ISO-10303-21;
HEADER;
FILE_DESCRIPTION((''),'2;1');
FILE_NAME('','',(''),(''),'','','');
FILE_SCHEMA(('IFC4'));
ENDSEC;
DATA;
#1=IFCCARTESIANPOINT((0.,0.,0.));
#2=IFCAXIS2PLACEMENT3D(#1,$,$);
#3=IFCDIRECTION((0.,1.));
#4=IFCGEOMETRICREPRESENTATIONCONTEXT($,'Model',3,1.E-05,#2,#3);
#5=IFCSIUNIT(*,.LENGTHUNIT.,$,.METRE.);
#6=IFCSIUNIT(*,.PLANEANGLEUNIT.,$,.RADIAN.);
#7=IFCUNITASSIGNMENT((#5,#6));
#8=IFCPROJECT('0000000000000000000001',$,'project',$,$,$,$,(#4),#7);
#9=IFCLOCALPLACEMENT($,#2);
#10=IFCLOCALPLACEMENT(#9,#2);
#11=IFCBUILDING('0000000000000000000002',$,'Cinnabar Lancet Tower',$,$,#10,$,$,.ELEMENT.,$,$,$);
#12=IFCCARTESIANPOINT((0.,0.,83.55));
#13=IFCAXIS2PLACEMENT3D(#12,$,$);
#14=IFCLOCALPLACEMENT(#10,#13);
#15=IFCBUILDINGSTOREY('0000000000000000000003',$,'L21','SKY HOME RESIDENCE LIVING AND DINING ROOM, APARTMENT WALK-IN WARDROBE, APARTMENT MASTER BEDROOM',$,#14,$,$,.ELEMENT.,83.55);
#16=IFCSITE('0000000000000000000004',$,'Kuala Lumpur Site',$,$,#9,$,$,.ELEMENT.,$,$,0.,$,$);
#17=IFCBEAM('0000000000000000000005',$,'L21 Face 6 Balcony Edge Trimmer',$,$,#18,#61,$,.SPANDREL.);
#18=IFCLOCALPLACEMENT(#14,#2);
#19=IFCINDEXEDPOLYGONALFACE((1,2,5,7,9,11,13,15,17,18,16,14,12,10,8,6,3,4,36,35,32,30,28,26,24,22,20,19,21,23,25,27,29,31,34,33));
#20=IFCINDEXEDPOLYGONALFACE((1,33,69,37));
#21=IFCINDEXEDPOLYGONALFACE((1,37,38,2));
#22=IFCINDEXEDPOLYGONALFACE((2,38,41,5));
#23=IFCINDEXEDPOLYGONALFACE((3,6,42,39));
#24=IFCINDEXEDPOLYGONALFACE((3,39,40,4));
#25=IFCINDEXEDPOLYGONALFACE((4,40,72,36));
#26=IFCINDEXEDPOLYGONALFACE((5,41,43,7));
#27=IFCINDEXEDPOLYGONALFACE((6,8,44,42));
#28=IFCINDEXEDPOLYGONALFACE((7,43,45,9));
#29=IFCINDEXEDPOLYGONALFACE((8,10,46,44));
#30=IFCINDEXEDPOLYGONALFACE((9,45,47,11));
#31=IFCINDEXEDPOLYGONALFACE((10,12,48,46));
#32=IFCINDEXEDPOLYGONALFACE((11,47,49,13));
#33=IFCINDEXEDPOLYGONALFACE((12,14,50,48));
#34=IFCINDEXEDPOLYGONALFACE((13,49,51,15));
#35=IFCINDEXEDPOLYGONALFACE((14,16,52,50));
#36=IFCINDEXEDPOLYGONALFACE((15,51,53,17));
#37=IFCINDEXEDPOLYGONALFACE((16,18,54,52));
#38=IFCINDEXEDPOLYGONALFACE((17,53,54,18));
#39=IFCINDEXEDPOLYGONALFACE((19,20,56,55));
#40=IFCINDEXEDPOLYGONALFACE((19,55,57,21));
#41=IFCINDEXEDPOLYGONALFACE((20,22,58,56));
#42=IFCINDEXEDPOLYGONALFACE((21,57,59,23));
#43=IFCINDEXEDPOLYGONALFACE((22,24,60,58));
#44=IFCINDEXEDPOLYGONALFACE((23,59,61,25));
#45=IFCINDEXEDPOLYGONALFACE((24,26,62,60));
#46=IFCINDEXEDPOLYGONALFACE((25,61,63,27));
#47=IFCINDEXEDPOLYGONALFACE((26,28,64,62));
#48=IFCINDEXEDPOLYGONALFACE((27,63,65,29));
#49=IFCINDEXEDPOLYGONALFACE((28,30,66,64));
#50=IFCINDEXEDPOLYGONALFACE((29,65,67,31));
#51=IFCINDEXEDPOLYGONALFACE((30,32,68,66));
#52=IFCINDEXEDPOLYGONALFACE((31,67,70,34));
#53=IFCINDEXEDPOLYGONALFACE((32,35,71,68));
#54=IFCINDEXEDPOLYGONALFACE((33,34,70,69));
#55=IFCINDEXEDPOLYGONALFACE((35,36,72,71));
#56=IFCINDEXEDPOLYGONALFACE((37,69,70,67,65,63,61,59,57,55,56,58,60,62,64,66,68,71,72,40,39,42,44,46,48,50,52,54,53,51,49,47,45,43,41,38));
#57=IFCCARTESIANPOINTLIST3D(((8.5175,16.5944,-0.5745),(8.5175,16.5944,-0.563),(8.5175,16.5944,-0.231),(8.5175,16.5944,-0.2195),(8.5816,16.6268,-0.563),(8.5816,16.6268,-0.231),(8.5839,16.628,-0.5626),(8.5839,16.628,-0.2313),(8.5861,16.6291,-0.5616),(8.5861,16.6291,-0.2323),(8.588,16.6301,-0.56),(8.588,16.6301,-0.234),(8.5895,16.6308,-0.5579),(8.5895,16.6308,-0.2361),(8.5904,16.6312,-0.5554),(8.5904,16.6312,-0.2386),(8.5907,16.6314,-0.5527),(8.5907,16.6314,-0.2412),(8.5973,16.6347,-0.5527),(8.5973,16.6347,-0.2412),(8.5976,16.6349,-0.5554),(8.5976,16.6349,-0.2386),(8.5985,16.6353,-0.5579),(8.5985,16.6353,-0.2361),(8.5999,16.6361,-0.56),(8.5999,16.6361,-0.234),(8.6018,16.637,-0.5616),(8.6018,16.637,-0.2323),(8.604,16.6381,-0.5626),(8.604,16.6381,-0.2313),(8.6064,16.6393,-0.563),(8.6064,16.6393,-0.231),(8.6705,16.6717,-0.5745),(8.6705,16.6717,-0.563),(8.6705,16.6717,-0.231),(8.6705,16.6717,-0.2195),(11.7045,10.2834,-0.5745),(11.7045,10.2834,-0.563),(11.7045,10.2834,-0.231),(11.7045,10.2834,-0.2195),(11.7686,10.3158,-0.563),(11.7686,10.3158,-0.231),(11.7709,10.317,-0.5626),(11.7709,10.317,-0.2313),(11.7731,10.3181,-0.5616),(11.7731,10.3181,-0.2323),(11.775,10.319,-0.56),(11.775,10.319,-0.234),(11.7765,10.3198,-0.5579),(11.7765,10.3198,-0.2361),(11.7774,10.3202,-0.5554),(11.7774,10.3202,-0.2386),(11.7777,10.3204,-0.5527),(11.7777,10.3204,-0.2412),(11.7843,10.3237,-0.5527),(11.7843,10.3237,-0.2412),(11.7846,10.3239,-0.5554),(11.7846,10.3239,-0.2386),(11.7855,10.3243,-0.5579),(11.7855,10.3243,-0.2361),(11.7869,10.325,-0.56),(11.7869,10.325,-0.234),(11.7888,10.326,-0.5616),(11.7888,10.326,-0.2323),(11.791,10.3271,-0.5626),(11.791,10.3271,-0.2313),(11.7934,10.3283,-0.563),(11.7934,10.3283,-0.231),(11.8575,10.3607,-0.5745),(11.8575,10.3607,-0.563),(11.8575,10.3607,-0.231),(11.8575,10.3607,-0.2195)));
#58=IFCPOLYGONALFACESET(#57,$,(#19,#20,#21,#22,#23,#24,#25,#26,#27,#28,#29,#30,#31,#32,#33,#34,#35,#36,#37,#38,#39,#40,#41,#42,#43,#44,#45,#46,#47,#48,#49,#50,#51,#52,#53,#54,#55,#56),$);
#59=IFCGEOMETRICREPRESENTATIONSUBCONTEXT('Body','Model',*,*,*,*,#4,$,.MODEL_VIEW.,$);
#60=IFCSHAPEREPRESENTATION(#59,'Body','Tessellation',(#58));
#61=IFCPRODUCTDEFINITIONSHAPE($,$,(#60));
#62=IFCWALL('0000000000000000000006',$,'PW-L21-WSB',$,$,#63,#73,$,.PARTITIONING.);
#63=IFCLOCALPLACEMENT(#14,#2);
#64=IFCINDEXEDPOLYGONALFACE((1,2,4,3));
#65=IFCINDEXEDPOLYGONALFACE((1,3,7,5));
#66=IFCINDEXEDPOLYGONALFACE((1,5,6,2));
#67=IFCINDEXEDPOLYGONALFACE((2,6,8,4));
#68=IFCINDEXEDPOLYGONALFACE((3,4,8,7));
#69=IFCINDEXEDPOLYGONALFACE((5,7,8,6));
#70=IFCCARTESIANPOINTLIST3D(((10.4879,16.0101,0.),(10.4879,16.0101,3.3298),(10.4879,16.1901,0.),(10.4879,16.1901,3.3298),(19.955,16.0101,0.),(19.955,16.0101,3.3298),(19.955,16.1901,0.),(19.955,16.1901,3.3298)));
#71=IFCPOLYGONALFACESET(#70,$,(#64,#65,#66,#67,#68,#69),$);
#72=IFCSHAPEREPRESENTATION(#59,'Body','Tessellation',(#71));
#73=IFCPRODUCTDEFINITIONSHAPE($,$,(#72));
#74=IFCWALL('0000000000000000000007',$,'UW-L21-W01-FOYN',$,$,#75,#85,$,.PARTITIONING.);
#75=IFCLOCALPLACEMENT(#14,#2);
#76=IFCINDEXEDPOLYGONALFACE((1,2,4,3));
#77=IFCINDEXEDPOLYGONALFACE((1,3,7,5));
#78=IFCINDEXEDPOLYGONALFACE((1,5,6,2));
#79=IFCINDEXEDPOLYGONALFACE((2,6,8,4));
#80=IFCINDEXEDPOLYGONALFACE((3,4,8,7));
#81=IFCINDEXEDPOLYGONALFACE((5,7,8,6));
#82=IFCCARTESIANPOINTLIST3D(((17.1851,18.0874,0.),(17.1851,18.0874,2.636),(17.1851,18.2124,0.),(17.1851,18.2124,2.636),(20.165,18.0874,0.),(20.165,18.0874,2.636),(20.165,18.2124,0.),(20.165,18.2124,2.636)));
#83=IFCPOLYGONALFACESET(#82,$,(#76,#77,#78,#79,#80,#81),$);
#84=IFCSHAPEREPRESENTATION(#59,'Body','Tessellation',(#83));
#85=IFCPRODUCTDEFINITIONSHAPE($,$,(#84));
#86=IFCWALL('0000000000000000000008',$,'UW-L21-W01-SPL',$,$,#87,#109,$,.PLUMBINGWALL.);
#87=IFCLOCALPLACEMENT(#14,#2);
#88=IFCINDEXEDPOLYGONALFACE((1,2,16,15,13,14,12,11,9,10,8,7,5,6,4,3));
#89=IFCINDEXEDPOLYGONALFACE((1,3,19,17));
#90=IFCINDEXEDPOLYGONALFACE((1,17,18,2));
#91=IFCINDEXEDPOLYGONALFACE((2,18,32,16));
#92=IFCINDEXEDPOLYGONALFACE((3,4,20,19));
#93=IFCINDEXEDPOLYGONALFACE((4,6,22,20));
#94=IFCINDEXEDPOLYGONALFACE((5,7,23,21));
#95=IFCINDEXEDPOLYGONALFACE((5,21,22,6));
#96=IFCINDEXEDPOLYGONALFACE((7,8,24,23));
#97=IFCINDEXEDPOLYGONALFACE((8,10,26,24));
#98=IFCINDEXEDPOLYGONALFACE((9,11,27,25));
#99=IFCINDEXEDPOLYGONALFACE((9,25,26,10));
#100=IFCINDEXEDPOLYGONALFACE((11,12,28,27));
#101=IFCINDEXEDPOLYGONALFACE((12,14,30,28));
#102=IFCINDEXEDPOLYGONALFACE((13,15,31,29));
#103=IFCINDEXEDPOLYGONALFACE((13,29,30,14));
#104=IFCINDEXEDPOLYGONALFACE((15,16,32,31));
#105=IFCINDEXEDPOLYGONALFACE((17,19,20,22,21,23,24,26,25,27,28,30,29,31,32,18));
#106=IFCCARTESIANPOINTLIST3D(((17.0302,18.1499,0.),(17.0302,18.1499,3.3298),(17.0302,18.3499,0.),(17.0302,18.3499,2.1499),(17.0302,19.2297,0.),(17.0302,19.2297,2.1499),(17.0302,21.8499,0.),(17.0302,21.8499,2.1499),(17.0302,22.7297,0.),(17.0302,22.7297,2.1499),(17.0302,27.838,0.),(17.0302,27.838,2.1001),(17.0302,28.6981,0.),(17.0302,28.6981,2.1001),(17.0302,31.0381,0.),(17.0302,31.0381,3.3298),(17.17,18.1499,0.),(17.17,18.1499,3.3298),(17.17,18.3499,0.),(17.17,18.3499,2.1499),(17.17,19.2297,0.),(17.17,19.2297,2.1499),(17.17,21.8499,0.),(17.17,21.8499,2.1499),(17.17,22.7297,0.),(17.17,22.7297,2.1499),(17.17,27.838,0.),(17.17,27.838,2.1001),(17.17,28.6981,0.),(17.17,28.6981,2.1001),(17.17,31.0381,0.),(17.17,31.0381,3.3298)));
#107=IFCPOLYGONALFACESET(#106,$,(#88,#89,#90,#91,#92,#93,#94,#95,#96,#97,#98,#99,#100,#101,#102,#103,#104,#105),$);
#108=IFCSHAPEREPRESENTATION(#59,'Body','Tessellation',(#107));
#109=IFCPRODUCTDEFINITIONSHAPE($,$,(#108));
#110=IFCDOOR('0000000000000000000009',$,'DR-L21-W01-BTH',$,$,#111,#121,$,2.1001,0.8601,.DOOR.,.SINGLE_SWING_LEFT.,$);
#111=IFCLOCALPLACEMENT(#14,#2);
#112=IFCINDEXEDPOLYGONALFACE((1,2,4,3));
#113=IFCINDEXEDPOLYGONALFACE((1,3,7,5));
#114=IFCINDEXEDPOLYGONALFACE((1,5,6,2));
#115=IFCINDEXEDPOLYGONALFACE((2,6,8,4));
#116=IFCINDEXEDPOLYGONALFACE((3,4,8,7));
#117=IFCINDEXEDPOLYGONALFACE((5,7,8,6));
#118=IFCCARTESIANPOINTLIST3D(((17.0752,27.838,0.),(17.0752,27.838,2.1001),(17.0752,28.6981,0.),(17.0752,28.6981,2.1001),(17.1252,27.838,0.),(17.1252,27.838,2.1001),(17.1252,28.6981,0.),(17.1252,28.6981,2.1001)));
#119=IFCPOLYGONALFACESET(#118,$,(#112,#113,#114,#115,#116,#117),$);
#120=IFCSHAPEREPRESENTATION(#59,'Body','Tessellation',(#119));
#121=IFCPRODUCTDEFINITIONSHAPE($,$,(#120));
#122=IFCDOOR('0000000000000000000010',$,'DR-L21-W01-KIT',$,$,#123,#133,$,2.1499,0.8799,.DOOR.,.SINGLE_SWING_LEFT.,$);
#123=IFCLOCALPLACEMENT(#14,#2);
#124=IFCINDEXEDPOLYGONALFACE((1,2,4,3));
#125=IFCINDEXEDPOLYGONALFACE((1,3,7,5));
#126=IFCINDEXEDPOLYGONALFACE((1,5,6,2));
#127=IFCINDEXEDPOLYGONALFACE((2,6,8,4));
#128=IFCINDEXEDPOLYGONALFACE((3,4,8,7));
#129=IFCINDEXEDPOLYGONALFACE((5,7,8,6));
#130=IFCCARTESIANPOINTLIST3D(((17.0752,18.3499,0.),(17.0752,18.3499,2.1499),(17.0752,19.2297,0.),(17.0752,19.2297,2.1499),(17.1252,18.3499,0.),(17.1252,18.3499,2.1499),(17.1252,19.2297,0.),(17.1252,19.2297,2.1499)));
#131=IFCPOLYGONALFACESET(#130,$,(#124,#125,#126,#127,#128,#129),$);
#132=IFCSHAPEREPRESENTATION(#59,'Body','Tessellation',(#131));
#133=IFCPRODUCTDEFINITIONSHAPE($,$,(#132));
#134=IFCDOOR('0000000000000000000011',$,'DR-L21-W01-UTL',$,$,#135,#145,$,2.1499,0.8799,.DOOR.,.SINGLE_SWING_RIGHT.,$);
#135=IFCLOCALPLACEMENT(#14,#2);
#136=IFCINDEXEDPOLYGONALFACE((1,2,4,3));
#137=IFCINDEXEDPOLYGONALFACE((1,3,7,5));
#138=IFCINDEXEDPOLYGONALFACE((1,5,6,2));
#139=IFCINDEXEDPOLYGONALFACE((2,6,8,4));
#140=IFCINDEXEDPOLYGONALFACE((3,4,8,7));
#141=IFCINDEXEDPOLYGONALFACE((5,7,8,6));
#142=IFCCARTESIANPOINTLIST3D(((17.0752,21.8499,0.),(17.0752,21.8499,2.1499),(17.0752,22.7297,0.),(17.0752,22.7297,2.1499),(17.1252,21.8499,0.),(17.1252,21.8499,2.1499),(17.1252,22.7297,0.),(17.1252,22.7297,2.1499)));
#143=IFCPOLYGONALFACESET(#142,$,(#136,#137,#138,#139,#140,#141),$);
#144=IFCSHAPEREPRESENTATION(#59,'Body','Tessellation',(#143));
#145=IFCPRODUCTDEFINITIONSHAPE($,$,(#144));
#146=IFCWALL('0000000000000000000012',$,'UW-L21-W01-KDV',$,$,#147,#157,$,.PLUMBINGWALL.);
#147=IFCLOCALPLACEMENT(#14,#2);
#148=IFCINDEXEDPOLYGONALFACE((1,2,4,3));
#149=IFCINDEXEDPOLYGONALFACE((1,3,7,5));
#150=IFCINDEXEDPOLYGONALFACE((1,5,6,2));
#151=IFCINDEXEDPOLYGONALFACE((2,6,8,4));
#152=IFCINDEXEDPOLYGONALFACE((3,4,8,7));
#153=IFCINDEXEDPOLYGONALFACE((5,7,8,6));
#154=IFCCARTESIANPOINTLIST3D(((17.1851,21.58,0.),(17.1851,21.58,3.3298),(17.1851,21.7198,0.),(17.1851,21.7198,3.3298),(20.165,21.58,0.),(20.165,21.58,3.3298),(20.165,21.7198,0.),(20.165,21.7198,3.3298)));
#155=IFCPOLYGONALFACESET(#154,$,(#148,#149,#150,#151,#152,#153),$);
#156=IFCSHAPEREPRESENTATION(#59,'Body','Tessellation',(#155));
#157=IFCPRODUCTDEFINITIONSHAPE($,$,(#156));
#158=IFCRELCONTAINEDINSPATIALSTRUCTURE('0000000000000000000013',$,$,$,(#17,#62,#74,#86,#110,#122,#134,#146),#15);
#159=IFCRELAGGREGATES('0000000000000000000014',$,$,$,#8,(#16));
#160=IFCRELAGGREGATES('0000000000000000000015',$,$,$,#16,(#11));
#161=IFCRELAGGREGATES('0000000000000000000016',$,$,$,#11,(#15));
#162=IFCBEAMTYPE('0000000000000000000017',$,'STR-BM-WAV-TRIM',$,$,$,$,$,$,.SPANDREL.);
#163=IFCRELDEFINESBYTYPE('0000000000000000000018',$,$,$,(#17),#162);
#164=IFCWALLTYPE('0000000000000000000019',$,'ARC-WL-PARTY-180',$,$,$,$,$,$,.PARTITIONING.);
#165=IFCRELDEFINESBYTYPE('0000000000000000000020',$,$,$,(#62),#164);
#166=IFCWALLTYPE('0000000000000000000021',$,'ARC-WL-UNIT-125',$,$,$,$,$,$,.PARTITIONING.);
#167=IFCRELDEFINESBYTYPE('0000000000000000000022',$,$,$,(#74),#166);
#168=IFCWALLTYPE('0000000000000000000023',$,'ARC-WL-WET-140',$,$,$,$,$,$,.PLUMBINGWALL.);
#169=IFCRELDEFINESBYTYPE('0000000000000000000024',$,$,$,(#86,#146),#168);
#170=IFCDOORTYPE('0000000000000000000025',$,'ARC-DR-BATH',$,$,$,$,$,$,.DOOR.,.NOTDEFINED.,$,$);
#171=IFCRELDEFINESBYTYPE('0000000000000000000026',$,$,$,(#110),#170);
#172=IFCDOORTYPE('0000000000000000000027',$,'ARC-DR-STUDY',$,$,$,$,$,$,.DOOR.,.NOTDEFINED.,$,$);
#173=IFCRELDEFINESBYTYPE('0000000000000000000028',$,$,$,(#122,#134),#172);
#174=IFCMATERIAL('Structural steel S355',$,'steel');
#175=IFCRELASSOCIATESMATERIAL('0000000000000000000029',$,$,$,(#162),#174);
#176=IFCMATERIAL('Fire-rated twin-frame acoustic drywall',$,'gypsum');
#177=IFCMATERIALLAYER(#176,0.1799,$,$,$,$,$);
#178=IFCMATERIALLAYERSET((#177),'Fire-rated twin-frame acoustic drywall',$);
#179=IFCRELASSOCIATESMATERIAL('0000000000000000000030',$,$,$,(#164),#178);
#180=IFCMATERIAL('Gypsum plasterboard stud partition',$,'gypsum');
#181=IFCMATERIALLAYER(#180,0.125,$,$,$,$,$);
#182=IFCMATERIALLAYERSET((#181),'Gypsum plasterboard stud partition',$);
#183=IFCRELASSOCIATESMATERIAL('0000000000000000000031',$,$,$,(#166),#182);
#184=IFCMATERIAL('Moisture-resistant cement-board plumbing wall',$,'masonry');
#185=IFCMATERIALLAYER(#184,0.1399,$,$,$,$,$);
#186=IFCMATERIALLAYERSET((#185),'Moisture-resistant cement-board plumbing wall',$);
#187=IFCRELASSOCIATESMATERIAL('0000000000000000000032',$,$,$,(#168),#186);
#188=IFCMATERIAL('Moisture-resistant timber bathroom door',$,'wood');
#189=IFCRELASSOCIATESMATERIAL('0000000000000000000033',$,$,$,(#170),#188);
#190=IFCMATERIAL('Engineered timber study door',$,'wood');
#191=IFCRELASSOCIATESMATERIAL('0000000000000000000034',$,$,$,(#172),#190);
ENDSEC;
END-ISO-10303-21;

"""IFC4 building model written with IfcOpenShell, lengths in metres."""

from ifc_helpers import new_model, si_unit, direction, frame, frame_2d, origin, origin_2d, place, context, subcontext, project, spatial, rectangle, i_section, extrude, material, layer, layer_set, material_profile, profile_set, type_object, element, fill, save


model = new_model("IFC4")

# Units and contexts
model_context = context("Model", 3, precision=1e-05, world=origin(), true_north=direction((0.0, 1.0)))
body_context = subcontext(model_context, "Body", "Model", "MODEL_VIEW")
ifc_project = project(units=[si_unit("LENGTHUNIT", "METRE"), si_unit("PLANEANGLEUNIT", "RADIAN")], contexts=[model_context])

# Site, building, storey
site_placement = place(None, origin())
site = spatial("IfcSite", under=ifc_project, at=site_placement, Name="Kuala Lumpur Site", CompositionType="ELEMENT", RefElevation=0.0)
building_placement = place(site_placement, origin())
building = spatial("IfcBuilding", under=site, at=building_placement, Name="Cinnabar Lancet Tower", CompositionType="ELEMENT")
storey_placement = place(building_placement, frame((0.0, 0.0, 83.55)))
storey = spatial("IfcBuildingStorey", under=building, at=storey_placement, Name="L21", Description="SKY HOME RESIDENCE LIVING AND DINING ROOM, APARTMENT WALK-IN WARDROBE, APARTMENT MASTER BEDROOM", CompositionType="ELEMENT", Elevation=83.55)

# Beam
ifc_material_1 = material(Name="Structural steel S355", Category="steel")
ifc_material_profile_1 = material_profile(ifc_material_1, i_section(OverallWidth=0.1714, OverallDepth=0.355, WebThickness=0.0073, FlangeThickness=0.0115, FilletRadius=0.0103, at=origin_2d()), Name="UKB 356x171x51")
ifc_profile_set_1 = profile_set([ifc_material_profile_1], Name="Structural steel S355")
beam_type_1 = type_object("IfcBeamType", Name="STR-BM-WAV-TRIM", PredefinedType="SPANDREL", material=ifc_profile_set_1)
beam_1_placement = place(storey_placement, frame((8.594, 16.6331, -0.397), z_axis=(0.450774, -0.892638, 0.0), x_axis=(0.892638, 0.450774, 0.0)))
element("IfcBeam", 1, at=beam_1_placement, inside=storey, type_object=beam_type_1, Name="L21 Face 6 Balcony Edge Trimmer", PredefinedType="SPANDREL", context=body_context, shape_type="SweptSolid", body=[
    extrude(i_section(OverallWidth=0.1714, OverallDepth=0.355, WebThickness=0.0073, FlangeThickness=0.0115, FilletRadius=0.0103, at=origin_2d()), origin(), (0.0, 0.0, 1.0), 7.0701),
])

# Walls
ifc_material_2 = material(Name="Fire-rated twin-frame acoustic drywall", Category="gypsum")
ifc_layer_1 = layer(ifc_material_2, 0.1799)
ifc_layer_set_1 = layer_set([ifc_layer_1], Name="Fire-rated twin-frame acoustic drywall")
wall_type_1 = type_object("IfcWallType", Name="ARC-WL-PARTY-180", PredefinedType="PARTITIONING", material=ifc_layer_set_1)
wall_1_placement = place(storey_placement, frame((10.488, 16.1001, 0.0), z_axis=(0.0, 0.0, 1.0), x_axis=(1.0, 0.0, 0.0)))
element("IfcWall", 2, at=wall_1_placement, inside=storey, type_object=wall_type_1, Name="PW-L21-WSB", PredefinedType="PARTITIONING", context=body_context, shape_type="SweptSolid", body=[
    extrude(rectangle(XDim=9.467, YDim=0.1799, at=frame_2d((4.7334, 0.0))), origin(), (0.0, 0.0, 1.0), 3.3298),
])
ifc_material_3 = material(Name="Gypsum plasterboard stud partition", Category="gypsum")
ifc_layer_2 = layer(ifc_material_3, 0.125)
ifc_layer_set_2 = layer_set([ifc_layer_2], Name="Gypsum plasterboard stud partition")
wall_type_2 = type_object("IfcWallType", Name="ARC-WL-UNIT-125", PredefinedType="PARTITIONING", material=ifc_layer_set_2)
wall_2_placement = place(storey_placement, frame((17.1851, 18.1499, 0.0), z_axis=(0.0, 0.0, 1.0), x_axis=(1.0, 0.0, 0.0)))
element("IfcWall", 3, at=wall_2_placement, inside=storey, type_object=wall_type_2, Name="UW-L21-W01-FOYN", PredefinedType="PARTITIONING", context=body_context, shape_type="SweptSolid", body=[
    extrude(rectangle(XDim=2.98, YDim=0.125, at=frame_2d((1.49, 0.0))), origin(), (0.0, 0.0, 1.0), 2.636),
])

# Wall, openings, doors
ifc_material_4 = material(Name="Moisture-resistant cement-board plumbing wall", Category="masonry")
ifc_layer_3 = layer(ifc_material_4, 0.1399)
ifc_layer_set_3 = layer_set([ifc_layer_3], Name="Moisture-resistant cement-board plumbing wall")
wall_type_3 = type_object("IfcWallType", Name="ARC-WL-WET-140", PredefinedType="PLUMBINGWALL", material=ifc_layer_set_3)
wall_3_placement = place(storey_placement, frame((17.1001, 18.1499, 0.0), z_axis=(0.0, 0.0, 1.0), x_axis=(0.0, 1.0, 0.0)))
wall_3 = element("IfcWall", 4, at=wall_3_placement, inside=storey, type_object=wall_type_3, Name="UW-L21-W01-SPL", PredefinedType="PLUMBINGWALL", context=body_context, shape_type="SweptSolid", body=[
    extrude(rectangle(XDim=12.8882, YDim=0.1399, at=frame_2d((6.4441, 0.0))), origin(), (0.0, 0.0, 1.0), 3.3298),
])
opening_1_placement = place(wall_3_placement, frame((0.2, 0.0, 0.0)))
opening_1 = element("IfcOpeningElement", 5, at=opening_1_placement, cuts=wall_3, PredefinedType="OPENING", context=body_context, shape_type="SweptSolid", body=[
    extrude(rectangle(XDim=0.8799, YDim=2.1499, at=frame_2d((0.4399, 1.075))), frame((0.0, 0.0798, 0.0), z_axis=(0.0, -1.0, 0.0), x_axis=(1.0, 0.0, 0.0)), (0.0, 0.0, 1.0), 0.1599),
])
opening_2_placement = place(wall_3_placement, frame((3.7, 0.0, 0.0)))
opening_2 = element("IfcOpeningElement", 6, at=opening_2_placement, cuts=wall_3, PredefinedType="OPENING", context=body_context, shape_type="SweptSolid", body=[
    extrude(rectangle(XDim=0.8799, YDim=2.1499, at=frame_2d((0.4399, 1.075))), frame((0.0, 0.0798, 0.0), z_axis=(0.0, -1.0, 0.0), x_axis=(1.0, 0.0, 0.0)), (0.0, 0.0, 1.0), 0.1599),
])
opening_3_placement = place(wall_3_placement, frame((9.688, 0.0, 0.0)))
opening_3 = element("IfcOpeningElement", 7, at=opening_3_placement, cuts=wall_3, PredefinedType="OPENING", context=body_context, shape_type="SweptSolid", body=[
    extrude(rectangle(XDim=0.8601, YDim=2.1001, at=frame_2d((0.4302, 1.05))), frame((0.0, 0.0798, 0.0), z_axis=(0.0, -1.0, 0.0), x_axis=(1.0, 0.0, 0.0)), (0.0, 0.0, 1.0), 0.1599),
])
ifc_material_5 = material(Name="Moisture-resistant timber bathroom door", Category="wood")
door_type_1 = type_object("IfcDoorType", Name="ARC-DR-BATH", OperationType="NOTDEFINED", PredefinedType="DOOR", material=ifc_material_5)
door_1_placement = place(opening_3_placement, origin())
door_1 = element("IfcDoor", 8, at=door_1_placement, inside=storey, type_object=door_type_1, Name="DR-L21-W01-BTH", OperationType="SINGLE_SWING_LEFT", OverallHeight=2.1001, OverallWidth=0.8601, PredefinedType="DOOR", context=body_context, shape_type="SweptSolid", body=[
    extrude(rectangle(XDim=0.8601, YDim=2.1001, at=frame_2d((0.4302, 1.05))), frame((0.0, 0.0249, 0.0), z_axis=(0.0, -1.0, 0.0), x_axis=(1.0, 0.0, 0.0)), (0.0, 0.0, 1.0), 0.05),
])
fill(opening_3, door_1)
ifc_material_6 = material(Name="Engineered timber study door", Category="wood")
door_type_2 = type_object("IfcDoorType", Name="ARC-DR-STUDY", OperationType="NOTDEFINED", PredefinedType="DOOR", material=ifc_material_6)
door_2_placement = place(opening_1_placement, origin())
door_2 = element("IfcDoor", 9, at=door_2_placement, inside=storey, type_object=door_type_2, Name="DR-L21-W01-KIT", OperationType="SINGLE_SWING_LEFT", OverallHeight=2.1499, OverallWidth=0.8799, PredefinedType="DOOR", context=body_context, shape_type="SweptSolid", body=[
    extrude(rectangle(XDim=0.8799, YDim=2.1499, at=frame_2d((0.4399, 1.075))), frame((0.0, 0.0249, 0.0), z_axis=(0.0, -1.0, 0.0), x_axis=(1.0, 0.0, 0.0)), (0.0, 0.0, 1.0), 0.05),
])
fill(opening_1, door_2)
door_3_placement = place(opening_2_placement, origin())
door_3 = element("IfcDoor", 10, at=door_3_placement, inside=storey, type_object=door_type_2, Name="DR-L21-W01-UTL", OperationType="SINGLE_SWING_RIGHT", OverallHeight=2.1499, OverallWidth=0.8799, PredefinedType="DOOR", context=body_context, shape_type="SweptSolid", body=[
    extrude(rectangle(XDim=0.8799, YDim=2.1499, at=frame_2d((0.4399, 1.075))), frame((0.0, 0.0249, 0.0), z_axis=(0.0, -1.0, 0.0), x_axis=(1.0, 0.0, 0.0)), (0.0, 0.0, 1.0), 0.05),
])
fill(opening_2, door_3)

# Wall
wall_4_placement = place(storey_placement, frame((17.1851, 21.6499, 0.0), z_axis=(0.0, 0.0, 1.0), x_axis=(1.0, 0.0, 0.0)))
element("IfcWall", 11, at=wall_4_placement, inside=storey, type_object=wall_type_3, Name="UW-L21-W01-KDV", PredefinedType="PLUMBINGWALL", context=body_context, shape_type="SweptSolid", body=[
    extrude(rectangle(XDim=2.98, YDim=0.1399, at=frame_2d((1.49, 0.0))), origin(), (0.0, 0.0, 1.0), 3.3298),
])

save(model, "model.ifc")
